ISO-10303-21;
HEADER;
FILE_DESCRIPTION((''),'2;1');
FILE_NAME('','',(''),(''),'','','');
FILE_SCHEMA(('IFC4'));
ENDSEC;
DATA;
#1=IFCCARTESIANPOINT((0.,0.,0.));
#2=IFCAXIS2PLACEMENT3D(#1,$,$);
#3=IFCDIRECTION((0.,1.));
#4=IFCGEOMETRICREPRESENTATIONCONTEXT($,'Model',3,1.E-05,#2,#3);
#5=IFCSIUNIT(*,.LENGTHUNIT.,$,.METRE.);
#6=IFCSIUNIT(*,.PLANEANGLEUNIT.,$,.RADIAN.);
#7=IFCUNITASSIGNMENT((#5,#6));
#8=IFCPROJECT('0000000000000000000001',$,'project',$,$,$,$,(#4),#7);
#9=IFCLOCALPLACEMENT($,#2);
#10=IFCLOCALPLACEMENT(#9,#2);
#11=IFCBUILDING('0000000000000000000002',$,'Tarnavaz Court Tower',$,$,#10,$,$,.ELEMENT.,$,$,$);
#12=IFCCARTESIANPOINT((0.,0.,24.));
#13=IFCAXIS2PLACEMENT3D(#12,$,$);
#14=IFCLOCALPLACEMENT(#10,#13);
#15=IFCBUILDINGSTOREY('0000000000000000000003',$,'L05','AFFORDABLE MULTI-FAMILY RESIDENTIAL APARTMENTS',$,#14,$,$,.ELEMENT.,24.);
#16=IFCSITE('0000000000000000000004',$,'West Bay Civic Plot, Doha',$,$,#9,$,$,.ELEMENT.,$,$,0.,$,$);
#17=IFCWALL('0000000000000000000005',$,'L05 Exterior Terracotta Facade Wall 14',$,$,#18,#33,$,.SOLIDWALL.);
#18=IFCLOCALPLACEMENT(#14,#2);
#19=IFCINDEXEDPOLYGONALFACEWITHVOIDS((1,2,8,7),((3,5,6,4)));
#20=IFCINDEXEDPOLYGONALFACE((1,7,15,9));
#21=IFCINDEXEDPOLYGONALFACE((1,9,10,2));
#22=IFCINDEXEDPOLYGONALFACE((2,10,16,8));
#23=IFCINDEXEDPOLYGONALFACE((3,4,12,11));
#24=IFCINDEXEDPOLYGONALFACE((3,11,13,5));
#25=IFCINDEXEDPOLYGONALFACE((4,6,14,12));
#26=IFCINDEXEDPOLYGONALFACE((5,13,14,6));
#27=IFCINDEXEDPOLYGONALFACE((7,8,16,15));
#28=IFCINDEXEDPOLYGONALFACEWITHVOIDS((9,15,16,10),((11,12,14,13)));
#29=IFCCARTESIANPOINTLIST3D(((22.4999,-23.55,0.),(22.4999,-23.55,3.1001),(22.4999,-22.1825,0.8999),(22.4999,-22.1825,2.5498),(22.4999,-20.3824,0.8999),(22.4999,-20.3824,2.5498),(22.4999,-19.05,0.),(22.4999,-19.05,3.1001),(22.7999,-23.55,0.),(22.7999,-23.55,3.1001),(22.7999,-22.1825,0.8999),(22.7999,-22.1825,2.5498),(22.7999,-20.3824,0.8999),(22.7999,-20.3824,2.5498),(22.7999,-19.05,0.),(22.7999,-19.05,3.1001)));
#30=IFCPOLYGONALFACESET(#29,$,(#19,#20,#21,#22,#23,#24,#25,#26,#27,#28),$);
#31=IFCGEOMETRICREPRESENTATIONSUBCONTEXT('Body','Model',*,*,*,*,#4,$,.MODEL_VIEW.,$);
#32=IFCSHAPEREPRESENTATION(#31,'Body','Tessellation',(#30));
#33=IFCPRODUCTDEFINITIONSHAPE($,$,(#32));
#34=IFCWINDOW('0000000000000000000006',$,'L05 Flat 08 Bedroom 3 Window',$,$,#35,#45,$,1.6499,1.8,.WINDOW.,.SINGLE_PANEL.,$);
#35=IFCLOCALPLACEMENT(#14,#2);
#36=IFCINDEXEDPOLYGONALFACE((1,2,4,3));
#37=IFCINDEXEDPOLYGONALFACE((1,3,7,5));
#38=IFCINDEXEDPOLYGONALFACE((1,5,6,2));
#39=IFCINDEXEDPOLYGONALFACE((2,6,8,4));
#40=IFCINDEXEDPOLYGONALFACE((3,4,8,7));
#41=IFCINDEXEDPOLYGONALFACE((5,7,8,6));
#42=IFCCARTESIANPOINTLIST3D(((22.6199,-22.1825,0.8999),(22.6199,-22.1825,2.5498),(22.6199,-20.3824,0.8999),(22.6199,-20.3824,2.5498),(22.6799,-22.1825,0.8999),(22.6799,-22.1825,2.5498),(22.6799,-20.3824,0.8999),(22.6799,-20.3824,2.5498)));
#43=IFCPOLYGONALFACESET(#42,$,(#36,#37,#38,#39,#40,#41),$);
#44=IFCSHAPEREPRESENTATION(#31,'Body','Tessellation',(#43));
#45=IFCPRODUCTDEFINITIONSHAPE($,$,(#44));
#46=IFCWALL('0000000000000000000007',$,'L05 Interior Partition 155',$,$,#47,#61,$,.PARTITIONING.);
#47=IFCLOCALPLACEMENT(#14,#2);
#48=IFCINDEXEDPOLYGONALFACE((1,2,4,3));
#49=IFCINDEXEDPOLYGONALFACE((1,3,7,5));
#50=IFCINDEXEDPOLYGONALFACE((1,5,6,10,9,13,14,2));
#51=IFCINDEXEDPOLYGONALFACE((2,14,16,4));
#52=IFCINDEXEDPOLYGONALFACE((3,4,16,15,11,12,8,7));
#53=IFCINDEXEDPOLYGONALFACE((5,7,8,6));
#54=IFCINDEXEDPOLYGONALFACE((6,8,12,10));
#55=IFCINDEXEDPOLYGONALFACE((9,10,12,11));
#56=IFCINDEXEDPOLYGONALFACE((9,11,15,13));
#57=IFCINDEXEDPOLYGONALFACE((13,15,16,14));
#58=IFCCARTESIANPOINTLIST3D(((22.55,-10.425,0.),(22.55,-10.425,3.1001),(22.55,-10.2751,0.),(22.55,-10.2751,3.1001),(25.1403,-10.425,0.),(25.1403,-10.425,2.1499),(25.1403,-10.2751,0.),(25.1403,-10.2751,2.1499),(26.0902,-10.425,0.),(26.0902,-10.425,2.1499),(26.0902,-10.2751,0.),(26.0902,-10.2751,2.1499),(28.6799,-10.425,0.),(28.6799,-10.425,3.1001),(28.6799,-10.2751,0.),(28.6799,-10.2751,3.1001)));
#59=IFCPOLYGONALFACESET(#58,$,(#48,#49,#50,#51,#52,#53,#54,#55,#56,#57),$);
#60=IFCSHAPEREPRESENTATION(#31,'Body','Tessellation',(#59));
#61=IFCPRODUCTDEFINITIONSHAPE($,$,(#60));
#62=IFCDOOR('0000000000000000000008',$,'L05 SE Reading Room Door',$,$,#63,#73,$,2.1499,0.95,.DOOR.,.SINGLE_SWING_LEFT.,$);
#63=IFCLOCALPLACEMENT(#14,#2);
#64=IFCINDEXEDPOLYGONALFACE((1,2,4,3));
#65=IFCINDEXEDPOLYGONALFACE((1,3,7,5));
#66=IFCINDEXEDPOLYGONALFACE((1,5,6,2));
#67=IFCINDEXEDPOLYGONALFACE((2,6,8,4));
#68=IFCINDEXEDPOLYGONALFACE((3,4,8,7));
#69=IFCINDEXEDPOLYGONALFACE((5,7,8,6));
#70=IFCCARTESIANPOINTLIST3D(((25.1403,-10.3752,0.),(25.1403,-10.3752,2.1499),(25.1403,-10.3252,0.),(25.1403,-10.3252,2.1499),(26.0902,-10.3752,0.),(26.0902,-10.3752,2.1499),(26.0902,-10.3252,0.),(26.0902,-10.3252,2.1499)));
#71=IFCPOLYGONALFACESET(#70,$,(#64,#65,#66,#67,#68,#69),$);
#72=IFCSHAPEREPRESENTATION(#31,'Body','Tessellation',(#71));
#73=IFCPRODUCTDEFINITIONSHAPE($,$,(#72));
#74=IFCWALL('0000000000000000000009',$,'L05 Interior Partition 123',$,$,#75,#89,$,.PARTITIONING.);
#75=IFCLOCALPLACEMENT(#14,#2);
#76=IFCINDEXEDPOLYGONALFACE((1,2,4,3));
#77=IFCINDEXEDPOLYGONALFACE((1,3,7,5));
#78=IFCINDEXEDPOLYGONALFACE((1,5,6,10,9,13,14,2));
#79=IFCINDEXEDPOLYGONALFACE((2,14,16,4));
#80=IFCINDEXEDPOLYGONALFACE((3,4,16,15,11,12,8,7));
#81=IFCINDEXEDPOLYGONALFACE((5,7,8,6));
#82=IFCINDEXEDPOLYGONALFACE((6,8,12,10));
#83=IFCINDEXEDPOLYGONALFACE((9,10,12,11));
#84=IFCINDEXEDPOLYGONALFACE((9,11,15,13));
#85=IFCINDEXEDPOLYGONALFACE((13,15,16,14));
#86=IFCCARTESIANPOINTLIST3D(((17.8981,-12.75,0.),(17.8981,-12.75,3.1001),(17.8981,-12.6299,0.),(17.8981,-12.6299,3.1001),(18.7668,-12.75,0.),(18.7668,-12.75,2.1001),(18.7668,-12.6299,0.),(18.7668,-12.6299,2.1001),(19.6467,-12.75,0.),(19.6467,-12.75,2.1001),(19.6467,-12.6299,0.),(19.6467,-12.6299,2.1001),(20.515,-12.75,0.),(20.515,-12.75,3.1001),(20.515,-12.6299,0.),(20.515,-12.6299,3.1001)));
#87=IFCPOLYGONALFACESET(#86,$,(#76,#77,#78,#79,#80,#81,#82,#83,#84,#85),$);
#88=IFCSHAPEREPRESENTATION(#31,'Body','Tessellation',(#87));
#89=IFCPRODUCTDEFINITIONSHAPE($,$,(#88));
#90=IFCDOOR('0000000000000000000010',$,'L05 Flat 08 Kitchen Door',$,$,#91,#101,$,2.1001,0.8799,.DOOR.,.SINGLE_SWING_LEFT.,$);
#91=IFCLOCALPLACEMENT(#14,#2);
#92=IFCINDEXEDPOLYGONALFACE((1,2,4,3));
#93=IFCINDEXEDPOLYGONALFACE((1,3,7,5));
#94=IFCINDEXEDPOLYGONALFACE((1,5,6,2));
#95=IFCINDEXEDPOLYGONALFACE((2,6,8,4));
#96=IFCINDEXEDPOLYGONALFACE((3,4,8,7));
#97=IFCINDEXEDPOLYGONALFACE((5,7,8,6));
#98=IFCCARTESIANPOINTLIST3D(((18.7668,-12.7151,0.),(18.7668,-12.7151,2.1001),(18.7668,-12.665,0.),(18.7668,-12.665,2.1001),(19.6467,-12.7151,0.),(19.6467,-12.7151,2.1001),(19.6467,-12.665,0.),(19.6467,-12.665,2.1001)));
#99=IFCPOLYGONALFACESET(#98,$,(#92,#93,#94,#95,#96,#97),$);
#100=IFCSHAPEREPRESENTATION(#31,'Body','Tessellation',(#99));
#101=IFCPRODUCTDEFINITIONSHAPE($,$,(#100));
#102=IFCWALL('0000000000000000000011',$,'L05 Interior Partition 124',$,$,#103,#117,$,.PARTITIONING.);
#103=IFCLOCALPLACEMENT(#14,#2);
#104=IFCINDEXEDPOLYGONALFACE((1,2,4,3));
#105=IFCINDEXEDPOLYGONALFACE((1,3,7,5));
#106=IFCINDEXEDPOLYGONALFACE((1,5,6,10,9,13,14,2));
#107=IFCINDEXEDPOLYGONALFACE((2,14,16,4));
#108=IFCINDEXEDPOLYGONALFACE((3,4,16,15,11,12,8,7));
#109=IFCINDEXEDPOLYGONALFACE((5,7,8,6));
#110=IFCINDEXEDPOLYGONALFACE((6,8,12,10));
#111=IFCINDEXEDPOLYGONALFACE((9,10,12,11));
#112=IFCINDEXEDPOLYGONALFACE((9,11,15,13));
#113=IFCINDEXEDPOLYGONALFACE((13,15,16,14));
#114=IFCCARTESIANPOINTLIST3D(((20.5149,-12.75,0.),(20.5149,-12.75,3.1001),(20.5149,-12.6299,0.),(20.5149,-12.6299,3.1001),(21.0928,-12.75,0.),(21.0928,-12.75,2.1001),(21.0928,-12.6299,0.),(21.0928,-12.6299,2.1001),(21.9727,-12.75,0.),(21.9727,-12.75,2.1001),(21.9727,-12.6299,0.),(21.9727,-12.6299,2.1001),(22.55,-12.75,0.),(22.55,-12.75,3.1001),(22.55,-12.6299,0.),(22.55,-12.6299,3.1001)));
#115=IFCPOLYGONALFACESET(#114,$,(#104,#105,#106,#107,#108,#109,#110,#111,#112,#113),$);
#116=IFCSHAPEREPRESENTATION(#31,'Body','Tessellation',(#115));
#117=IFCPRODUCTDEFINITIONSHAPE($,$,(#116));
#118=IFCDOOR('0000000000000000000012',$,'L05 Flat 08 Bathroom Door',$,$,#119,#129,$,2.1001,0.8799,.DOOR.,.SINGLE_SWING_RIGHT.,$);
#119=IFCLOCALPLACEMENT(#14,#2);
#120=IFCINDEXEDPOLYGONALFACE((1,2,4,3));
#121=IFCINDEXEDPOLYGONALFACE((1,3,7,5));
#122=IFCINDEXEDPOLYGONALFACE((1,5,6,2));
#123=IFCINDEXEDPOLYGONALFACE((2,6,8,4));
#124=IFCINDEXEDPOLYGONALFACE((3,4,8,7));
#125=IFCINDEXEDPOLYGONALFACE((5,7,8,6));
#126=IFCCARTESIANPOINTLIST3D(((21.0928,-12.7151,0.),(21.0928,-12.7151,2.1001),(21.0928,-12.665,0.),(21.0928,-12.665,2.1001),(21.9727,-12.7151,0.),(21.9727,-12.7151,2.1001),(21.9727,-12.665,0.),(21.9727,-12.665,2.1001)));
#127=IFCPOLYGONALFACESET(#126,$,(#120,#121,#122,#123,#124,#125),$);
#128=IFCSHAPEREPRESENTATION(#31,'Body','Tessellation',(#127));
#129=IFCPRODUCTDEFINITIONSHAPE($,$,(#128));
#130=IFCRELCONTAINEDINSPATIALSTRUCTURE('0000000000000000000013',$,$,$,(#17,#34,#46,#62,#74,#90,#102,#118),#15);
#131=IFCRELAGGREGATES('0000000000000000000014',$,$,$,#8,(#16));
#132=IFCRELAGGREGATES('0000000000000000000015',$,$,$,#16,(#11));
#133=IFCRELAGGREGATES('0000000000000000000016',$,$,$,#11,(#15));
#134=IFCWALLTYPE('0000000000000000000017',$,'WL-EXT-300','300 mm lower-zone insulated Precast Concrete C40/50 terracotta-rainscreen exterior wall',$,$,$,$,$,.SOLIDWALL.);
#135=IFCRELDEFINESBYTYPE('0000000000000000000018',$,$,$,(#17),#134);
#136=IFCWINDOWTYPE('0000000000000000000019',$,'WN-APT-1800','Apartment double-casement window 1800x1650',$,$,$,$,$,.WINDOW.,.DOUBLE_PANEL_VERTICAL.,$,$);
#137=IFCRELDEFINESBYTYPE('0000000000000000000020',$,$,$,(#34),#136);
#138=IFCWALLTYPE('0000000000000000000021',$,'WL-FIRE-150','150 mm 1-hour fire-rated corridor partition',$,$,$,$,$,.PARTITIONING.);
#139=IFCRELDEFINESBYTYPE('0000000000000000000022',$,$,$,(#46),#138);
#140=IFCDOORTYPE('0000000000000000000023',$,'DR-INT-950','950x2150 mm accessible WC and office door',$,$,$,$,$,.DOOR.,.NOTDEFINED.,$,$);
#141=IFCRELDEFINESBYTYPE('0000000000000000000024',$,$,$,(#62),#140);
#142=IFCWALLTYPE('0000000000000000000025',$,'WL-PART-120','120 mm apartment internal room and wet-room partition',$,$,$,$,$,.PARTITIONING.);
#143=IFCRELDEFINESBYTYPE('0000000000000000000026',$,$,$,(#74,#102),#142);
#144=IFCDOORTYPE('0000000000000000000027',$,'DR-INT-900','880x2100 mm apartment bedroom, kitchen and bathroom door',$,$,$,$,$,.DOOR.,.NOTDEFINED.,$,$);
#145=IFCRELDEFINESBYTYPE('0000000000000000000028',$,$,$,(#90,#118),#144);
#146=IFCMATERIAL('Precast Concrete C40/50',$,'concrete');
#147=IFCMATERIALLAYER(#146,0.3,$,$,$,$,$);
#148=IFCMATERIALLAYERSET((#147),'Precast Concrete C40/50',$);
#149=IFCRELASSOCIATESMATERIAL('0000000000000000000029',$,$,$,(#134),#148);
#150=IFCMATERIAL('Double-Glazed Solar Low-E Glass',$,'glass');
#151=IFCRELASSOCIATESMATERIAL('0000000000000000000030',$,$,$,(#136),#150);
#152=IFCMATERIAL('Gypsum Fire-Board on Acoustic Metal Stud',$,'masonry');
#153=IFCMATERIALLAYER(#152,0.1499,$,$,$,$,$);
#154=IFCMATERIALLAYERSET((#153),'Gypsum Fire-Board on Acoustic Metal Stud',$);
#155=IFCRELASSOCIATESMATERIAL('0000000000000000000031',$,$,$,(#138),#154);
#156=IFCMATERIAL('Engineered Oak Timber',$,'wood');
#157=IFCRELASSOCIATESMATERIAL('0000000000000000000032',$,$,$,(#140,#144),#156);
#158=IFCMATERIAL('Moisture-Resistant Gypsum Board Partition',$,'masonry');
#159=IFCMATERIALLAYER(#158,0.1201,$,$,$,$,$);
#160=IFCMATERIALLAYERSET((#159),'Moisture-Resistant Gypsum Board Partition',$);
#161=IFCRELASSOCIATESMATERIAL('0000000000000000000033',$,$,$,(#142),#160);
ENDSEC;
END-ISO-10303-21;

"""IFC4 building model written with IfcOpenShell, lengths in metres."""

from ifc_helpers import new_model, si_unit, direction, frame, frame_2d, origin, place, context, subcontext, project, spatial, rectangle, extrude, material, layer, layer_set, type_object, element, fill, save


model = new_model("IFC4")

# Units and contexts
model_context = context("Model", 3, precision=1e-05, world=origin(), true_north=direction((0.0, 1.0)))
body_context = subcontext(model_context, "Body", "Model", "MODEL_VIEW")
ifc_project = project(units=[si_unit("LENGTHUNIT", "METRE"), si_unit("PLANEANGLEUNIT", "RADIAN")], contexts=[model_context])

# Site, building, storey
site_placement = place(None, origin())
site = spatial("IfcSite", under=ifc_project, at=site_placement, Name="West Bay Civic Plot, Doha", CompositionType="ELEMENT", RefElevation=0.0)
building_placement = place(site_placement, origin())
building = spatial("IfcBuilding", under=site, at=building_placement, Name="Tarnavaz Court Tower", CompositionType="ELEMENT")
storey_placement = place(building_placement, frame((0.0, 0.0, 24.0)))
storey = spatial("IfcBuildingStorey", under=building, at=storey_placement, Name="L05", Description="AFFORDABLE MULTI-FAMILY RESIDENTIAL APARTMENTS", CompositionType="ELEMENT", Elevation=24.0)

# Wall, opening, window
ifc_material_1 = material(Name="Precast Concrete C40/50", Category="concrete")
ifc_layer_1 = layer(ifc_material_1, 0.3)
ifc_layer_set_1 = layer_set([ifc_layer_1], Name="Precast Concrete C40/50")
wall_type_1 = type_object("IfcWallType", Name="WL-EXT-300", Description="300 mm lower-zone insulated Precast Concrete C40/50 terracotta-rainscreen exterior wall", PredefinedType="SOLIDWALL", material=ifc_layer_set_1)
ifc_material_2 = material(Name="Double-Glazed Solar Low-E Glass", Category="glass")
wall_1_placement = place(storey_placement, frame((22.6499, -19.05, 0.0), z_axis=(0.0, 0.0, 1.0), x_axis=(0.0, -1.0, 0.0)))
wall_1 = element("IfcWall", 1, at=wall_1_placement, inside=storey, type_object=wall_type_1, Name="L05 Exterior Terracotta Facade Wall 14", PredefinedType="SOLIDWALL", context=body_context, shape_type="SweptSolid", body=[
    extrude(rectangle(XDim=4.5, YDim=0.3, at=frame_2d((2.25, 0.0))), origin(), (0.0, 0.0, 1.0), 3.1001),
])
opening_1_placement = place(wall_1_placement, frame((1.3325, 0.0, 0.8999)))
opening_1 = element("IfcOpeningElement", 2, at=opening_1_placement, cuts=wall_1, PredefinedType="OPENING", context=body_context, shape_type="SweptSolid", body=[
    extrude(rectangle(XDim=1.8, YDim=1.6499, at=frame_2d((0.8999, 0.825))), frame((0.0, 0.1599, 0.0), z_axis=(0.0, -1.0, 0.0), x_axis=(1.0, 0.0, 0.0)), (0.0, 0.0, 1.0), 0.3201),
])
window_type_1 = type_object("IfcWindowType", Name="WN-APT-1800", Description="Apartment double-casement window 1800x1650", PartitioningType="DOUBLE_PANEL_VERTICAL", PredefinedType="WINDOW", material=ifc_material_2)
window_1_placement = place(opening_1_placement, origin())
window_1 = element("IfcWindow", 3, at=window_1_placement, inside=storey, type_object=window_type_1, Name="L05 Flat 08 Bedroom 3 Window", OverallHeight=1.6499, OverallWidth=1.8, PartitioningType="SINGLE_PANEL", PredefinedType="WINDOW", context=body_context, shape_type="SweptSolid", body=[
    extrude(rectangle(XDim=1.8, YDim=1.6499, at=frame_2d((0.8999, 0.825))), frame((0.0, 0.03, 0.0), z_axis=(0.0, -1.0, 0.0), x_axis=(1.0, 0.0, 0.0)), (0.0, 0.0, 1.0), 0.0601),
])
fill(opening_1, window_1)

# Walls, openings, doors
ifc_material_3 = material(Name="Gypsum Fire-Board on Acoustic Metal Stud", Category="masonry")
ifc_layer_2 = layer(ifc_material_3, 0.1499)
ifc_layer_set_2 = layer_set([ifc_layer_2], Name="Gypsum Fire-Board on Acoustic Metal Stud")
wall_type_2 = type_object("IfcWallType", Name="WL-FIRE-150", Description="150 mm 1-hour fire-rated corridor partition", PredefinedType="PARTITIONING", material=ifc_layer_set_2)
wall_2_placement = place(storey_placement, frame((22.55, -10.3501, 0.0), z_axis=(0.0, 0.0, 1.0), x_axis=(1.0, 0.0, 0.0)))
wall_2 = element("IfcWall", 4, at=wall_2_placement, inside=storey, type_object=wall_type_2, Name="L05 Interior Partition 155", PredefinedType="PARTITIONING", context=body_context, shape_type="SweptSolid", body=[
    extrude(rectangle(XDim=6.1299, YDim=0.1499, at=frame_2d((3.0649, 0.0))), origin(), (0.0, 0.0, 1.0), 3.1001),
])
opening_2_placement = place(wall_2_placement, frame((2.5901, 0.0, 0.0)))
opening_2 = element("IfcOpeningElement", 5, at=opening_2_placement, cuts=wall_2, PredefinedType="OPENING", context=body_context, shape_type="SweptSolid", body=[
    extrude(rectangle(XDim=0.95, YDim=2.1499, at=frame_2d((0.4751, 1.075))), frame((0.0, 0.085, 0.0), z_axis=(0.0, -1.0, 0.0), x_axis=(1.0, 0.0, 0.0)), (0.0, 0.0, 1.0), 0.1699),
])
ifc_material_4 = material(Name="Engineered Oak Timber", Category="wood")
door_type_1 = type_object("IfcDoorType", Name="DR-INT-950", Description="950x2150 mm accessible WC and office door", OperationType="NOTDEFINED", PredefinedType="DOOR", material=ifc_material_4)
door_1_placement = place(opening_2_placement, origin())
door_1 = element("IfcDoor", 6, at=door_1_placement, inside=storey, type_object=door_type_1, Name="L05 SE Reading Room Door", OperationType="SINGLE_SWING_LEFT", OverallHeight=2.1499, OverallWidth=0.95, PredefinedType="DOOR", context=body_context, shape_type="SweptSolid", body=[
    extrude(rectangle(XDim=0.95, YDim=2.1499, at=frame_2d((0.4751, 1.075))), frame((0.0, 0.0249, 0.0), z_axis=(0.0, -1.0, 0.0), x_axis=(1.0, 0.0, 0.0)), (0.0, 0.0, 1.0), 0.05),
])
fill(opening_2, door_1)
ifc_material_5 = material(Name="Moisture-Resistant Gypsum Board Partition", Category="masonry")
ifc_layer_3 = layer(ifc_material_5, 0.1201)
ifc_layer_set_3 = layer_set([ifc_layer_3], Name="Moisture-Resistant Gypsum Board Partition")
wall_type_3 = type_object("IfcWallType", Name="WL-PART-120", Description="120 mm apartment internal room and wet-room partition", PredefinedType="PARTITIONING", material=ifc_layer_set_3)
wall_3_placement = place(storey_placement, frame((17.8979, -12.6899, 0.0), z_axis=(0.0, 0.0, 1.0), x_axis=(1.0, 0.0, 0.0)))
wall_3 = element("IfcWall", 7, at=wall_3_placement, inside=storey, type_object=wall_type_3, Name="L05 Interior Partition 123", PredefinedType="PARTITIONING", context=body_context, shape_type="SweptSolid", body=[
    extrude(rectangle(XDim=2.6169, YDim=0.1201, at=frame_2d((1.3086, 0.0))), origin(), (0.0, 0.0, 1.0), 3.1001),
])
opening_3_placement = place(wall_3_placement, frame((0.8689, 0.0, 0.0)))
opening_3 = element("IfcOpeningElement", 8, at=opening_3_placement, cuts=wall_3, PredefinedType="OPENING", context=body_context, shape_type="SweptSolid", body=[
    extrude(rectangle(XDim=0.8799, YDim=2.1001, at=frame_2d((0.4399, 1.05))), frame((0.0, 0.0701, 0.0), z_axis=(0.0, -1.0, 0.0), x_axis=(1.0, 0.0, 0.0)), (0.0, 0.0, 1.0), 0.1401),
])
door_type_2 = type_object("IfcDoorType", Name="DR-INT-900", Description="880x2100 mm apartment bedroom, kitchen and bathroom door", OperationType="NOTDEFINED", PredefinedType="DOOR", material=ifc_material_4)
door_2_placement = place(opening_3_placement, origin())
door_2 = element("IfcDoor", 9, at=door_2_placement, inside=storey, type_object=door_type_2, Name="L05 Flat 08 Kitchen Door", OperationType="SINGLE_SWING_LEFT", OverallHeight=2.1001, OverallWidth=0.8799, PredefinedType="DOOR", context=body_context, shape_type="SweptSolid", body=[
    extrude(rectangle(XDim=0.8799, YDim=2.1001, at=frame_2d((0.4399, 1.05))), frame((0.0, 0.0249, 0.0), z_axis=(0.0, -1.0, 0.0), x_axis=(1.0, 0.0, 0.0)), (0.0, 0.0, 1.0), 0.05),
])
fill(opening_3, door_2)
wall_4_placement = place(storey_placement, frame((20.5149, -12.6899, 0.0), z_axis=(0.0, 0.0, 1.0), x_axis=(1.0, 0.0, 0.0)))
wall_4 = element("IfcWall", 10, at=wall_4_placement, inside=storey, type_object=wall_type_3, Name="L05 Interior Partition 124", PredefinedType="PARTITIONING", context=body_context, shape_type="SweptSolid", body=[
    extrude(rectangle(XDim=2.0352, YDim=0.1201, at=frame_2d((1.0176, 0.0))), origin(), (0.0, 0.0, 1.0), 3.1001),
])
opening_4_placement = place(wall_4_placement, frame((0.5779, 0.0, 0.0)))
opening_4 = element("IfcOpeningElement", 11, at=opening_4_placement, cuts=wall_4, PredefinedType="OPENING", context=body_context, shape_type="SweptSolid", body=[
    extrude(rectangle(XDim=0.8799, YDim=2.1001, at=frame_2d((0.4399, 1.05))), frame((0.0, 0.0701, 0.0), z_axis=(0.0, -1.0, 0.0), x_axis=(1.0, 0.0, 0.0)), (0.0, 0.0, 1.0), 0.1401),
])
door_3_placement = place(opening_4_placement, origin())
door_3 = element("IfcDoor", 12, at=door_3_placement, inside=storey, type_object=door_type_2, Name="L05 Flat 08 Bathroom Door", OperationType="SINGLE_SWING_RIGHT", OverallHeight=2.1001, OverallWidth=0.8799, PredefinedType="DOOR", context=body_context, shape_type="SweptSolid", body=[
    extrude(rectangle(XDim=0.8799, YDim=2.1001, at=frame_2d((0.4399, 1.05))), frame((0.0, 0.0249, 0.0), z_axis=(0.0, -1.0, 0.0), x_axis=(1.0, 0.0, 0.0)), (0.0, 0.0, 1.0), 0.05),
])
fill(opening_4, door_3)

save(model, "model.ifc")
